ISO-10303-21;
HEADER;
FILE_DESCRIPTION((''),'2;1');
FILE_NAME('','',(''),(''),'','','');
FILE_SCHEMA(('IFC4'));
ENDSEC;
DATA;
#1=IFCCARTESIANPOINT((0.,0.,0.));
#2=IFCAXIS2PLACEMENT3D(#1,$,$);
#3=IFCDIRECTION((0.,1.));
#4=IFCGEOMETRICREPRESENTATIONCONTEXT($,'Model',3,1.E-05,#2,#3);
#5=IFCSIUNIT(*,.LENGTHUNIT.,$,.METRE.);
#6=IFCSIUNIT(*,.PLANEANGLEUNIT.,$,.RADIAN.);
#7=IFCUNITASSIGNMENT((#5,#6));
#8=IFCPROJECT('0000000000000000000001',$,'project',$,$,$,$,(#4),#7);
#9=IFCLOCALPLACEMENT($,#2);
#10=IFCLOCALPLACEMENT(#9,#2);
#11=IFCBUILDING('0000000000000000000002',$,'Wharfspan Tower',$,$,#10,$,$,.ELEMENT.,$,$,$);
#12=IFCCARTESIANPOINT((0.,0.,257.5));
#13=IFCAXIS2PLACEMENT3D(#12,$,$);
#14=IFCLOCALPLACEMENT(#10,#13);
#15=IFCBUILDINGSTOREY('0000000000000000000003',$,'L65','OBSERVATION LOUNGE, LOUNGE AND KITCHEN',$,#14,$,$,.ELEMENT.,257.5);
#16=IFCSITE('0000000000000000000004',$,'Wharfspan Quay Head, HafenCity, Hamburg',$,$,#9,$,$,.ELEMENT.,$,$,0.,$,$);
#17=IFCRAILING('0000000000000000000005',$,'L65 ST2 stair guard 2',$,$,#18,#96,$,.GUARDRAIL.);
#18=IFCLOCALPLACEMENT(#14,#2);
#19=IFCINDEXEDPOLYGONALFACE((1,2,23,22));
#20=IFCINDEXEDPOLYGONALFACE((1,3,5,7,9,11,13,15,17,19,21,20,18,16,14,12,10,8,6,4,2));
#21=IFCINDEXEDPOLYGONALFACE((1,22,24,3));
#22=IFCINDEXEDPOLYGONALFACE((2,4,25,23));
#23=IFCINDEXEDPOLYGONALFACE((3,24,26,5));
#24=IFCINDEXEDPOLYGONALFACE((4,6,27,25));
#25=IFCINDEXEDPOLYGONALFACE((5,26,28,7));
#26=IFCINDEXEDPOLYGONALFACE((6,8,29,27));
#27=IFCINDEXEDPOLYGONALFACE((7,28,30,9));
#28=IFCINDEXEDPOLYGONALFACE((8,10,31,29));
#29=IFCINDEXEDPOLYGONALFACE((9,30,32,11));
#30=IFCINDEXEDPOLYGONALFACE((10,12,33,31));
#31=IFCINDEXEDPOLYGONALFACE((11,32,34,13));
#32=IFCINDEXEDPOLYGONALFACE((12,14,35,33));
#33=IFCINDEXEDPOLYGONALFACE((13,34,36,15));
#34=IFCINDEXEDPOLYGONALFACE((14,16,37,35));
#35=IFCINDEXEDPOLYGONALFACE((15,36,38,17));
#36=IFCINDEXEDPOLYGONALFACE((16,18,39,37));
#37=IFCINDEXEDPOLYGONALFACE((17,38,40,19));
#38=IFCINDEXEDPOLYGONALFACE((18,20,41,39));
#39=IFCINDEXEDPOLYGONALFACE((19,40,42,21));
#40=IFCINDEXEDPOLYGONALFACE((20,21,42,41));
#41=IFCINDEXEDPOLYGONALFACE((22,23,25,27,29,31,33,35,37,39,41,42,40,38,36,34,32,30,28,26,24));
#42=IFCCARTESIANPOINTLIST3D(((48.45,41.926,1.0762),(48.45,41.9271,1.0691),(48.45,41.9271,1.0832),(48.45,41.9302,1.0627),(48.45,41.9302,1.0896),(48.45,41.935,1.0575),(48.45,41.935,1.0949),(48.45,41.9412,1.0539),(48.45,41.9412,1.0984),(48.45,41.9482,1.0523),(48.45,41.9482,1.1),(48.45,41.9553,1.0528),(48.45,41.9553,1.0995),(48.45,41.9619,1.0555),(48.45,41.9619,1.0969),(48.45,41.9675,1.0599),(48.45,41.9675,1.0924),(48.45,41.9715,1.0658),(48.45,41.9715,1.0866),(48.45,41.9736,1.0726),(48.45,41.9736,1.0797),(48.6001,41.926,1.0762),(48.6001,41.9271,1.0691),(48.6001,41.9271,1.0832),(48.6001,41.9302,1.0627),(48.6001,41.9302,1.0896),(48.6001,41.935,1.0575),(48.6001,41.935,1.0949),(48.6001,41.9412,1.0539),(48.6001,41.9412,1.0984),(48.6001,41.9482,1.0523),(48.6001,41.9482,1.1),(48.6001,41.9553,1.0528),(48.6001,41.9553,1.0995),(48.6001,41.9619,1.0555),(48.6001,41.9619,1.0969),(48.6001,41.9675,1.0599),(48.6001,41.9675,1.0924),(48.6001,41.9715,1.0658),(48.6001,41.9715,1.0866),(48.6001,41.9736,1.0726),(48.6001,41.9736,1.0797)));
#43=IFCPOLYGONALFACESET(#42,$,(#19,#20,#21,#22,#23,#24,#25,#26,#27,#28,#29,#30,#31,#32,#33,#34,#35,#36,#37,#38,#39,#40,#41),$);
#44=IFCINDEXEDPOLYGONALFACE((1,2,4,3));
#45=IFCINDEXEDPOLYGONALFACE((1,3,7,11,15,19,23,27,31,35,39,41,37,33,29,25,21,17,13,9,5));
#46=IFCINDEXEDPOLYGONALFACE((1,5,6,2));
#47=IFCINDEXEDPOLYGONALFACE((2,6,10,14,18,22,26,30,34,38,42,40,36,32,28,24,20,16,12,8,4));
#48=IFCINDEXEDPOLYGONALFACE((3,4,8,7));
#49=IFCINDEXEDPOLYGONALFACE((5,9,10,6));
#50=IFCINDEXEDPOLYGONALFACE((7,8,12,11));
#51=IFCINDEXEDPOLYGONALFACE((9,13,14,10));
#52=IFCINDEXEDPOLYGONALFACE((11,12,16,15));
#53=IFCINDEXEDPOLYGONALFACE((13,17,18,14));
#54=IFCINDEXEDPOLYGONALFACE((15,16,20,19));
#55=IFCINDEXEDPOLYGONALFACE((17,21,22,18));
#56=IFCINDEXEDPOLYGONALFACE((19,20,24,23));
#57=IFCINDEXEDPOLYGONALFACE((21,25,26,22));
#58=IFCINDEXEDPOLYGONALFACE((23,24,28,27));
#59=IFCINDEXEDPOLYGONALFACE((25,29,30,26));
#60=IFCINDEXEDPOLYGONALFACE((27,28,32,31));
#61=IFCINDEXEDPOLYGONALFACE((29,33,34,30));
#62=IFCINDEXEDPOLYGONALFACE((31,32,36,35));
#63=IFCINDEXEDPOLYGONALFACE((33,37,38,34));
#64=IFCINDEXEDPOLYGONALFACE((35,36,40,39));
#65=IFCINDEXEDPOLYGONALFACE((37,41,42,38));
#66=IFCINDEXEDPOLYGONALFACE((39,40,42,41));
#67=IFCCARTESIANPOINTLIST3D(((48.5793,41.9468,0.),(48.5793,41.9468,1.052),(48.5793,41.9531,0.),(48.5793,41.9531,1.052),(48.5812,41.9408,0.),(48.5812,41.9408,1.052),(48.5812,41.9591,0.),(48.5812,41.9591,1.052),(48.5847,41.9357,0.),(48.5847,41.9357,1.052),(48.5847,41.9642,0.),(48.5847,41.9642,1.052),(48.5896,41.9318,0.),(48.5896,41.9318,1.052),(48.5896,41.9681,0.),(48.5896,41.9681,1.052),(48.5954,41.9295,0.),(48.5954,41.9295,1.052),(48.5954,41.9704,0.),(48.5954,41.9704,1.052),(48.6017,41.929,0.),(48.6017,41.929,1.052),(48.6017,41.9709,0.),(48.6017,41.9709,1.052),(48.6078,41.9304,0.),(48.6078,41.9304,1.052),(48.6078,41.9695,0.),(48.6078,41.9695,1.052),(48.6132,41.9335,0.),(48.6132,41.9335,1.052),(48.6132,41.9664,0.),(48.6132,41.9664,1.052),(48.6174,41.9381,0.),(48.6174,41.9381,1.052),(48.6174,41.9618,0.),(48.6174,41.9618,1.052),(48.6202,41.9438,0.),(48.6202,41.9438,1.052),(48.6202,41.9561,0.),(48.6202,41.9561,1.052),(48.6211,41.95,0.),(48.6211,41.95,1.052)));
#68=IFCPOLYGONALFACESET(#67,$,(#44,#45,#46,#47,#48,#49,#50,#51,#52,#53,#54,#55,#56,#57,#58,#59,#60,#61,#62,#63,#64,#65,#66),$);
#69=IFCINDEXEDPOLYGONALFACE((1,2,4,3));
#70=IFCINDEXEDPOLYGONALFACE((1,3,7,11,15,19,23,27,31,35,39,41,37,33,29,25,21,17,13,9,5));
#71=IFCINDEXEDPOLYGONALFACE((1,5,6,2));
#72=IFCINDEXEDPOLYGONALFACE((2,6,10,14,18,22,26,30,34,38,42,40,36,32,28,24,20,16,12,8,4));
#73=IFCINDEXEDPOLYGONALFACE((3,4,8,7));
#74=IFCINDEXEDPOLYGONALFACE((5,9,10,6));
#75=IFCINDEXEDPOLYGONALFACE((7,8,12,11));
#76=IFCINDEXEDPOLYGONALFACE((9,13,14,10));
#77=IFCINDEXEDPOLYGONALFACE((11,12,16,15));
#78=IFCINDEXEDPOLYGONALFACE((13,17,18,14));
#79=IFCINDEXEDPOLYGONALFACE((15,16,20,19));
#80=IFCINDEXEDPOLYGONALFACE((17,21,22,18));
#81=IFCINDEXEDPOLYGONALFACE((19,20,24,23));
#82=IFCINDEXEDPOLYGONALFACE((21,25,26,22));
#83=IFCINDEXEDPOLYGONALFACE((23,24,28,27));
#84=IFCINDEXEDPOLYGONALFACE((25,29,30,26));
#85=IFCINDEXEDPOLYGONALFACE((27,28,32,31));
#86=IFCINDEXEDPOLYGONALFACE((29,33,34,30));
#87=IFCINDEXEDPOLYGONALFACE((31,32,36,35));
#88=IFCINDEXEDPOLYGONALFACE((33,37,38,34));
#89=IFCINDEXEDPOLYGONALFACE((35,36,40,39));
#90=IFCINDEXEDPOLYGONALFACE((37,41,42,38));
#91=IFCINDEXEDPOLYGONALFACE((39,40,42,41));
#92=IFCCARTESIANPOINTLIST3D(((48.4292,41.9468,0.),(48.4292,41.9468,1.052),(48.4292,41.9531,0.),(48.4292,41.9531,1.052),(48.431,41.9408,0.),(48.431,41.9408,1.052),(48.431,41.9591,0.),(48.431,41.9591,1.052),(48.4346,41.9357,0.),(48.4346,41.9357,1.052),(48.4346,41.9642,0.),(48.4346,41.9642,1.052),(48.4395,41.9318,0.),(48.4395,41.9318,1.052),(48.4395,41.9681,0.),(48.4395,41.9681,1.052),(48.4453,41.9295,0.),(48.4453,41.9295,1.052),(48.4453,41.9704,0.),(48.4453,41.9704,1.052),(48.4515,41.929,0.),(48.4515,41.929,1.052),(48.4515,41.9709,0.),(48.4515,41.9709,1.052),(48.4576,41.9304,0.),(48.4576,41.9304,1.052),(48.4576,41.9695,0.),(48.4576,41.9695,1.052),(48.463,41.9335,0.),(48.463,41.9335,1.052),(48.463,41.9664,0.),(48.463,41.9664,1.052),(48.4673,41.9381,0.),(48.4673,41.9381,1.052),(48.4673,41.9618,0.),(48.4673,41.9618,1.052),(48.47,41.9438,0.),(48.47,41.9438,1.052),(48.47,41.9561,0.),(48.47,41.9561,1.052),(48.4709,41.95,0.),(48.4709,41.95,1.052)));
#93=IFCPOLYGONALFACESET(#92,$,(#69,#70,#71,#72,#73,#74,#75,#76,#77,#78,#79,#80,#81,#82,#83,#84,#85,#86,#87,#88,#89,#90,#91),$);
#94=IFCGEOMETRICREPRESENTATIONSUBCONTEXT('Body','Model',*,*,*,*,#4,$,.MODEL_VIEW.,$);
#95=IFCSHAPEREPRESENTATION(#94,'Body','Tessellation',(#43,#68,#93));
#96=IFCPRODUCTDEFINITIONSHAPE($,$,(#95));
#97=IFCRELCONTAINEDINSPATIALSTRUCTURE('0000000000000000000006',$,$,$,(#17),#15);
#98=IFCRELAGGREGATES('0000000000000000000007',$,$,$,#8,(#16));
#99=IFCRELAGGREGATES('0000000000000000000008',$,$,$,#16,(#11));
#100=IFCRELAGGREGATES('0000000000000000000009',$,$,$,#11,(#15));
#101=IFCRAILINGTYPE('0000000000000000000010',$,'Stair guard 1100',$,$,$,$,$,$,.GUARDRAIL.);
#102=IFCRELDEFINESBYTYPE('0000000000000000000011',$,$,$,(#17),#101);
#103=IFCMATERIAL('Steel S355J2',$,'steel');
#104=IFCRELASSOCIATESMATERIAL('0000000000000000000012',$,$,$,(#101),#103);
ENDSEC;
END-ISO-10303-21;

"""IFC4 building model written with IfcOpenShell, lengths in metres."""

from ifc_helpers import new_model, si_unit, direction, frame, origin, origin_2d, place, context, subcontext, project, spatial, circle, extrude, material, type_object, element, save


model = new_model("IFC4")

# Units and contexts
model_context = context("Model", 3, precision=1e-05, world=origin(), true_north=direction((0.0, 1.0)))
body_context = subcontext(model_context, "Body", "Model", "MODEL_VIEW")
ifc_project = project(units=[si_unit("LENGTHUNIT", "METRE"), si_unit("PLANEANGLEUNIT", "RADIAN")], contexts=[model_context])

# Site, building, storey
site_placement = place(None, origin())
site = spatial("IfcSite", under=ifc_project, at=site_placement, Name="Wharfspan Quay Head, HafenCity, Hamburg", CompositionType="ELEMENT", RefElevation=0.0)
building_placement = place(site_placement, origin())
building = spatial("IfcBuilding", under=site, at=building_placement, Name="Wharfspan Tower", CompositionType="ELEMENT")
storey_placement = place(building_placement, frame((0.0, 0.0, 257.5)))
storey = spatial("IfcBuildingStorey", under=building, at=storey_placement, Name="L65", Description="OBSERVATION LOUNGE, LOUNGE AND KITCHEN", CompositionType="ELEMENT", Elevation=257.5)

# Shared definitions
ifc_material_1 = material(Name="Steel S355J2", Category="steel")

# Railing
railing_type_1 = type_object("IfcRailingType", Name="Stair guard 1100", PredefinedType="GUARDRAIL", material=ifc_material_1)
railing_1_placement = place(storey_placement, frame((48.6001, 41.95, 0.0)))
element("IfcRailing", 1, at=railing_1_placement, inside=storey, type_object=railing_type_1, Name="L65 ST2 stair guard 2", PredefinedType="GUARDRAIL", context=body_context, shape_type="SweptSolid", body=[
    extrude(circle(Radius=0.0239, at=origin_2d()), frame((0.0, 0.0, 1.0762), z_axis=(-1.0, 0.0, 0.0), x_axis=(0.0, -1.0, 0.0)), (0.0, 0.0, 1.0), 0.1501),
    extrude(circle(Radius=0.021, at=origin_2d()), origin(), (0.0, 0.0, 1.0), 1.052),
    extrude(circle(Radius=0.021, at=origin_2d()), frame((-0.1501, 0.0, 0.0)), (0.0, 0.0, 1.0), 1.052),
])

save(model, "model.ifc")
